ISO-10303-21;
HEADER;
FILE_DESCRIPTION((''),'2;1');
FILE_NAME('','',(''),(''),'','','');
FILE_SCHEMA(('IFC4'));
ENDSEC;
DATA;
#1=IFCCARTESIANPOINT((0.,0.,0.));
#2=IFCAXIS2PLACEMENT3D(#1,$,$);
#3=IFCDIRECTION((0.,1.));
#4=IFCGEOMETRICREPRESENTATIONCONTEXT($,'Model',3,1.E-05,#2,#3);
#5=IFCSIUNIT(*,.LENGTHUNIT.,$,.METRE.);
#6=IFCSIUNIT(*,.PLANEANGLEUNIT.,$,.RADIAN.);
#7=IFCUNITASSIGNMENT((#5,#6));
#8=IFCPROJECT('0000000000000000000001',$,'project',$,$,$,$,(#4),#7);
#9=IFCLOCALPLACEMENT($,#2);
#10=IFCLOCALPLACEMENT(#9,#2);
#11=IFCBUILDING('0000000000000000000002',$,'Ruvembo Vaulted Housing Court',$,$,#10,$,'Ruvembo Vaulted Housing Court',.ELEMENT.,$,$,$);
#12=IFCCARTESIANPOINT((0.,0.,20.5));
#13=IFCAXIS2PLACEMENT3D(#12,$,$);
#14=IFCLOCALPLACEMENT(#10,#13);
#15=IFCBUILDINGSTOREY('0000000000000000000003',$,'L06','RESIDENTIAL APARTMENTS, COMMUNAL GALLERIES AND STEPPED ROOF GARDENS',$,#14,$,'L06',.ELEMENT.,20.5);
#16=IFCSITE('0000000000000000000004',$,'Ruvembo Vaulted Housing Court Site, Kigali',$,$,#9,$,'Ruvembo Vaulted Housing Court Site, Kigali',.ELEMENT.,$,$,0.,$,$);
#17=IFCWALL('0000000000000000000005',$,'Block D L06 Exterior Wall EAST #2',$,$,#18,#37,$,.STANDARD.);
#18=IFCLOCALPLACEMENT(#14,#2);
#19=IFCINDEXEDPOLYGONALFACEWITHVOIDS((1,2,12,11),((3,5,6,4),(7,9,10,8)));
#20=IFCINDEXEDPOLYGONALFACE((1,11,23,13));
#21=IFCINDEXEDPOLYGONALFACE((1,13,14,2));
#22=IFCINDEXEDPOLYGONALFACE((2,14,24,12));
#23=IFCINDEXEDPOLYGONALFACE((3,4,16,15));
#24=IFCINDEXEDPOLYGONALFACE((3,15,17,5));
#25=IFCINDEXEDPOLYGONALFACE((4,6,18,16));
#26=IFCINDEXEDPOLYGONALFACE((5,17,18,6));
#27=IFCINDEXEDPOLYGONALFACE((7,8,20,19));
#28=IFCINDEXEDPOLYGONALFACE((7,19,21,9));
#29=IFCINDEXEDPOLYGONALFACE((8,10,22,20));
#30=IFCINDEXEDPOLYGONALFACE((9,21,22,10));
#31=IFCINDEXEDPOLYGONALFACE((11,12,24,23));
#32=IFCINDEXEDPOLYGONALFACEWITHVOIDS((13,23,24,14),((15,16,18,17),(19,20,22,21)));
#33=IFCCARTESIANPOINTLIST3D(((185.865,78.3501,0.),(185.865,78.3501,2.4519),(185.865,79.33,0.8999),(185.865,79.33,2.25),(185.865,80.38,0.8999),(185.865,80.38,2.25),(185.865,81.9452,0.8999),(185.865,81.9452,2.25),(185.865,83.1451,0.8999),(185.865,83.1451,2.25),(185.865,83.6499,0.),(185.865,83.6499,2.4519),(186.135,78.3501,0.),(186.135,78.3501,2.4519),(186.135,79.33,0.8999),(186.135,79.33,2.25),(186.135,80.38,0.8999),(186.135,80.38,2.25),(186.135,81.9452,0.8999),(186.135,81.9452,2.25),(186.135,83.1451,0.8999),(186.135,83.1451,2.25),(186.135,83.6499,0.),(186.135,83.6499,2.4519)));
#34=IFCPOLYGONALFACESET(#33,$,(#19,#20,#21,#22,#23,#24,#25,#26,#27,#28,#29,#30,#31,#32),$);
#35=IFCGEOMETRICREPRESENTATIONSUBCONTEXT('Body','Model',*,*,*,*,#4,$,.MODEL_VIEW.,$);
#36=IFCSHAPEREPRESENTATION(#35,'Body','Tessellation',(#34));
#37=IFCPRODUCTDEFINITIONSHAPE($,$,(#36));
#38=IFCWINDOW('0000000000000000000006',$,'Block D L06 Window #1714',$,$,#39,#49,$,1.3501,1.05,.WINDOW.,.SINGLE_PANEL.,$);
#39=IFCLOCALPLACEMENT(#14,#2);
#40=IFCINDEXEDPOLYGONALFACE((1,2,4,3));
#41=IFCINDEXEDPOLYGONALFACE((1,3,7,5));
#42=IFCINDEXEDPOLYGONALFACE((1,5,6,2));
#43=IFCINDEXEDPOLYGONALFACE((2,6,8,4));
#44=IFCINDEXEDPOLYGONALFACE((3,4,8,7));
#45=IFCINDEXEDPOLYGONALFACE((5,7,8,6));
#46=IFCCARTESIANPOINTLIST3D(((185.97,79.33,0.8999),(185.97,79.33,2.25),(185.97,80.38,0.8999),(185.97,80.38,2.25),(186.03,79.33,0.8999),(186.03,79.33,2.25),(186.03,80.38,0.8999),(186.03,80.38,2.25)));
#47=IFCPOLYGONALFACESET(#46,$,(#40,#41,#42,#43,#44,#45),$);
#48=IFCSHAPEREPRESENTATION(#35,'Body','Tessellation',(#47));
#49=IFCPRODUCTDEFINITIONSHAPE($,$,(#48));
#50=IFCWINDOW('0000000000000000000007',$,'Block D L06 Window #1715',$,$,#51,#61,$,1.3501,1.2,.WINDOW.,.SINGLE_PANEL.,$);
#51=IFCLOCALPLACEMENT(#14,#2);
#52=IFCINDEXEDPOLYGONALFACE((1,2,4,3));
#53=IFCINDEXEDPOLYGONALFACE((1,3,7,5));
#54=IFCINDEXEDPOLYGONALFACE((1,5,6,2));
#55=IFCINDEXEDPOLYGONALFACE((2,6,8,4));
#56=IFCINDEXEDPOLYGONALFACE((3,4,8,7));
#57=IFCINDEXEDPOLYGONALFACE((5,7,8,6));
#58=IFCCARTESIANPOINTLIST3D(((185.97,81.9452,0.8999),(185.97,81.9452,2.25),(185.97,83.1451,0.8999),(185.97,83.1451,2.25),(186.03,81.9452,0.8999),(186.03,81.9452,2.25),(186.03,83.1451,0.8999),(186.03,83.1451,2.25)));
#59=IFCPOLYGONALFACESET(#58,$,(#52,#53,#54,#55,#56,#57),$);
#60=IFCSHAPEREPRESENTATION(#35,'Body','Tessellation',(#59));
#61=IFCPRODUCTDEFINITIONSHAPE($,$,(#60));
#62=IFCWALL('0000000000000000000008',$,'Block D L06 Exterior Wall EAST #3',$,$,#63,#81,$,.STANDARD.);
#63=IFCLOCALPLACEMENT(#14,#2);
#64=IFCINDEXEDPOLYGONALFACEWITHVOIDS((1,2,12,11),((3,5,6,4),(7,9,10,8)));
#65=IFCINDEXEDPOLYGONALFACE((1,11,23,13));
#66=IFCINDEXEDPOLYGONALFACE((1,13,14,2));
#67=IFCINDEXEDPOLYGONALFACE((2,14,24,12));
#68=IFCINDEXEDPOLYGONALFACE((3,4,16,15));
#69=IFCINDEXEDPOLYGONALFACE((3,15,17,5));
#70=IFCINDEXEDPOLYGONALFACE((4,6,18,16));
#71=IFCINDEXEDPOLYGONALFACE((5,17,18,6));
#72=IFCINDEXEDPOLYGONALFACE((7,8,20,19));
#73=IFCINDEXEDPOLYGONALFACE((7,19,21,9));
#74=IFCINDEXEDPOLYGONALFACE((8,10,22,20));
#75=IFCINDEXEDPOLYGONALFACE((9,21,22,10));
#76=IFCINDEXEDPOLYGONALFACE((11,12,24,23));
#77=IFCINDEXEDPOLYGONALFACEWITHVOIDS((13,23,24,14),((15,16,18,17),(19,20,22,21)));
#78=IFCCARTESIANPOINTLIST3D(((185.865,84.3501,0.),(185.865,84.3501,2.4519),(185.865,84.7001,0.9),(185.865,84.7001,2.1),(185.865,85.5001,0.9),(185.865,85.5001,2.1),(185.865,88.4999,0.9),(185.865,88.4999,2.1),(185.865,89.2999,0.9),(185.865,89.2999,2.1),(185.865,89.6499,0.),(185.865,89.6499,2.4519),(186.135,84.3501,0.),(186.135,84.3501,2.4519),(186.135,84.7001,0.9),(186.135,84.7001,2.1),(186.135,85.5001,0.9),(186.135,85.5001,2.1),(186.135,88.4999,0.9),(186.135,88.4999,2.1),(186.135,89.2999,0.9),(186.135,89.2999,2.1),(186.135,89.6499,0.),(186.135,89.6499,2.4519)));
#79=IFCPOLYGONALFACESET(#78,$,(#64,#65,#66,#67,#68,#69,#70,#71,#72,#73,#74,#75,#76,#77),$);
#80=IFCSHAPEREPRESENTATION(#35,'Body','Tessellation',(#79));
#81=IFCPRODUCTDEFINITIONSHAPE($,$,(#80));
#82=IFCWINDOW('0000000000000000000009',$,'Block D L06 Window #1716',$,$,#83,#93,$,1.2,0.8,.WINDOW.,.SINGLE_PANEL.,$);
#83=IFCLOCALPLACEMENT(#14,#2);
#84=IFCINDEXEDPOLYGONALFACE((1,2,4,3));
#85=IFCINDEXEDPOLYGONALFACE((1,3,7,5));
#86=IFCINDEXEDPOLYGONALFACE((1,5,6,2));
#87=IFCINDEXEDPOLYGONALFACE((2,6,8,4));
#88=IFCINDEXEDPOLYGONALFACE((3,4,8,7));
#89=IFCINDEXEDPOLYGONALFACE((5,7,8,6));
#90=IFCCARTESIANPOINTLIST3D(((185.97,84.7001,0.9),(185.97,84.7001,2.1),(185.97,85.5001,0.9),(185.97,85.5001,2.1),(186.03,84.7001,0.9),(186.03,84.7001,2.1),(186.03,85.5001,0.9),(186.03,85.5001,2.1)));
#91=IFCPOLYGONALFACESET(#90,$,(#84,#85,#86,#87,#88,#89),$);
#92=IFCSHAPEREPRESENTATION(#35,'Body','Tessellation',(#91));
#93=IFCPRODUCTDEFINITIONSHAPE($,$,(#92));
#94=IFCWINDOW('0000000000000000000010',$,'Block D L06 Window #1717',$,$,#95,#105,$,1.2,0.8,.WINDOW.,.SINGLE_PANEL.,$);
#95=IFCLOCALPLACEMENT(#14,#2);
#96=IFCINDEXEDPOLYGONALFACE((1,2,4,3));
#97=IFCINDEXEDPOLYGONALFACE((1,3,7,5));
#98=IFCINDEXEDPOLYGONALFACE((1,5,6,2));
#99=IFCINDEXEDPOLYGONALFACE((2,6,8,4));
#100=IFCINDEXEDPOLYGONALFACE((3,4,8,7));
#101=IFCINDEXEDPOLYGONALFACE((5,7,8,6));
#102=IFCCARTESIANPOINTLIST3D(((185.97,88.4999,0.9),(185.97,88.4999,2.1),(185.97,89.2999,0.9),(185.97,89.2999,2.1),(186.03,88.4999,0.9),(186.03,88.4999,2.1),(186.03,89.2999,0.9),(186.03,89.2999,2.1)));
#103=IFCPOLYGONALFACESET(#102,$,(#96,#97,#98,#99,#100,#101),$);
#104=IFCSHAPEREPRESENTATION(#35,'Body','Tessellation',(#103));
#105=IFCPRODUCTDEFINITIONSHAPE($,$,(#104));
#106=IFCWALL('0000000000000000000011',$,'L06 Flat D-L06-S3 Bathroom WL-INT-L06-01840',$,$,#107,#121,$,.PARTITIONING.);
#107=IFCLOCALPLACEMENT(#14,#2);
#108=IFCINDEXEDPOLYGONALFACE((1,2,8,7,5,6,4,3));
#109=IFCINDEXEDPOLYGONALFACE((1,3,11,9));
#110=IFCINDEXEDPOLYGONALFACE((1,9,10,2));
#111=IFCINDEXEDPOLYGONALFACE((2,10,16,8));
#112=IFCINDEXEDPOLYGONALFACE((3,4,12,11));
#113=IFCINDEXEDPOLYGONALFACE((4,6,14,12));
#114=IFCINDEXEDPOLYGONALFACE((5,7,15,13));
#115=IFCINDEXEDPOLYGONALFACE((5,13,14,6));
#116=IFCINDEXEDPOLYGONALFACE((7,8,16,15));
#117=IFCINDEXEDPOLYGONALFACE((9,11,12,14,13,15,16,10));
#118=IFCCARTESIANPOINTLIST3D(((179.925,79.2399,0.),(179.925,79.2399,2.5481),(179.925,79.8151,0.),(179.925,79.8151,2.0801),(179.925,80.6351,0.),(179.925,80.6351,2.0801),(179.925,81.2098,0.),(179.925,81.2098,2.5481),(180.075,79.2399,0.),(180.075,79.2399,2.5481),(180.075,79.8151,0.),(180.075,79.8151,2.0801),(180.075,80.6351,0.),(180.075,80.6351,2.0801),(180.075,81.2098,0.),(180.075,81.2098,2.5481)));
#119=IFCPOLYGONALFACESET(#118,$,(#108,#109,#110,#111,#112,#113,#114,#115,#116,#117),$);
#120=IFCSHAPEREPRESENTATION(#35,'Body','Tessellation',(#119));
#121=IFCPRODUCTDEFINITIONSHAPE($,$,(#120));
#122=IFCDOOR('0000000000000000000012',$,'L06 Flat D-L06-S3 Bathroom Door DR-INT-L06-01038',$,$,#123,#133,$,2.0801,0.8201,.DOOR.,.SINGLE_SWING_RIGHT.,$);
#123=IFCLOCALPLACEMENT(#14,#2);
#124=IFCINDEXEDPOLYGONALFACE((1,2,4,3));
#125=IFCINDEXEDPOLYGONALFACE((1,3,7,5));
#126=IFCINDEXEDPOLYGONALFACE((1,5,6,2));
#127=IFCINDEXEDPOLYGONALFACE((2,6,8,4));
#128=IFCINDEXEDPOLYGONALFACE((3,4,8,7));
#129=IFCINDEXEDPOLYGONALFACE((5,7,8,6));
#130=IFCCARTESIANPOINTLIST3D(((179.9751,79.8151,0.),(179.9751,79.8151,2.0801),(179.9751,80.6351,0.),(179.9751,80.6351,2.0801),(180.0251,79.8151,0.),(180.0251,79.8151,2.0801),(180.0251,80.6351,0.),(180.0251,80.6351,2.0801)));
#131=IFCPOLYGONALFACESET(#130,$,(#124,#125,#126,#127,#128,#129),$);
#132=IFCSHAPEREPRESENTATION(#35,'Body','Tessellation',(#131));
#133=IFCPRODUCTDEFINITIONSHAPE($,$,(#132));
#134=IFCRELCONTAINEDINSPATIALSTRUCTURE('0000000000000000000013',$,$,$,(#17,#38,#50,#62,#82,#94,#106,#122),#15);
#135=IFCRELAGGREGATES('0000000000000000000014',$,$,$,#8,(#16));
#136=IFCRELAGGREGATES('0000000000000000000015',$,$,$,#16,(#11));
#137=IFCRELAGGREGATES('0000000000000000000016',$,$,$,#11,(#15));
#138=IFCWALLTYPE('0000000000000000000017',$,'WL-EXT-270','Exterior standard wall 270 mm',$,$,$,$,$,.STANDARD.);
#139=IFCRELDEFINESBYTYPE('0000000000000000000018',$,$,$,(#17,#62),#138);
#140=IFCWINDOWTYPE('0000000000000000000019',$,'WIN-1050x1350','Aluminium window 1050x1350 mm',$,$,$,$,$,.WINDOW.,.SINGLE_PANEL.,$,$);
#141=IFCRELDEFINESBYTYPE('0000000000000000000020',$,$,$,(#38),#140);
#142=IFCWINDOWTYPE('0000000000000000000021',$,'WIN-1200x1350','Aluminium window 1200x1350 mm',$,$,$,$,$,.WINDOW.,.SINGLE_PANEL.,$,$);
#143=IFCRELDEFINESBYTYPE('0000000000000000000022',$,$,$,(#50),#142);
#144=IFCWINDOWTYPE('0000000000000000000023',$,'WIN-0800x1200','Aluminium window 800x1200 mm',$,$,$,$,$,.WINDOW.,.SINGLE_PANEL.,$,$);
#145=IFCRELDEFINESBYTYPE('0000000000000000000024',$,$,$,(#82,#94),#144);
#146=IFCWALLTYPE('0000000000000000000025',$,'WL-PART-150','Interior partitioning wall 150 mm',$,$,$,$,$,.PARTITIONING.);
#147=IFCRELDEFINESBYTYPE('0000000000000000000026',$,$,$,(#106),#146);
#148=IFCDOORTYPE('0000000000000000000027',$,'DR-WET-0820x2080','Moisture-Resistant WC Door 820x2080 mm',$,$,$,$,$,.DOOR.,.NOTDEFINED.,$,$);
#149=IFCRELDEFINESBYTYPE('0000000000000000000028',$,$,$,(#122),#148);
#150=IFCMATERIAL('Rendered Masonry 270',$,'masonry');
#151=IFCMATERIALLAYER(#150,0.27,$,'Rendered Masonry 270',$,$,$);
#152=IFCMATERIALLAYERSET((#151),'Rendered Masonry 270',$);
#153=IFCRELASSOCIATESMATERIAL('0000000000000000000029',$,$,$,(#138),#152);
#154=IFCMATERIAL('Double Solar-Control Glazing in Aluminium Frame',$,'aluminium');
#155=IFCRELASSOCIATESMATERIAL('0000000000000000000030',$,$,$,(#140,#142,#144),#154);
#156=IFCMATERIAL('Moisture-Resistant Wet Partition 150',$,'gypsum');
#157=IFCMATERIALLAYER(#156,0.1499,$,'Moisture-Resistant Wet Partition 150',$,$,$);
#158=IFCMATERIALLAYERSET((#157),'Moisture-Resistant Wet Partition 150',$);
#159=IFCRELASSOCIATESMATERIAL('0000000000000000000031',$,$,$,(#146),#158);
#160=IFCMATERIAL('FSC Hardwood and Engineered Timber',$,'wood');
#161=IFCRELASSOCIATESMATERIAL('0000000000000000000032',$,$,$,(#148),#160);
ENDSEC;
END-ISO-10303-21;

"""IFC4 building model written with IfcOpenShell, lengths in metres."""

from ifc_helpers import new_model, si_unit, direction, frame, frame_2d, origin, place, context, subcontext, project, spatial, rectangle, extrude, material, layer, layer_set, type_object, element, fill, save


model = new_model("IFC4")

# Units and contexts
model_context = context("Model", 3, precision=1e-05, world=origin(), true_north=direction((0.0, 1.0)))
body_context = subcontext(model_context, "Body", "Model", "MODEL_VIEW")
ifc_project = project(units=[si_unit("LENGTHUNIT", "METRE"), si_unit("PLANEANGLEUNIT", "RADIAN")], contexts=[model_context])

# Site, building, storey
site_placement = place(None, origin())
site = spatial("IfcSite", under=ifc_project, at=site_placement, Name="Ruvembo Vaulted Housing Court Site, Kigali", LongName="Ruvembo Vaulted Housing Court Site, Kigali", CompositionType="ELEMENT", RefElevation=0.0)
building_placement = place(site_placement, origin())
building = spatial("IfcBuilding", under=site, at=building_placement, Name="Ruvembo Vaulted Housing Court", LongName="Ruvembo Vaulted Housing Court", CompositionType="ELEMENT")
storey_placement = place(building_placement, frame((0.0, 0.0, 20.5)))
storey = spatial("IfcBuildingStorey", under=building, at=storey_placement, Name="L06", Description="RESIDENTIAL APARTMENTS, COMMUNAL GALLERIES AND STEPPED ROOF GARDENS", LongName="L06", CompositionType="ELEMENT", Elevation=20.5)

# Shared definitions
ifc_material_1 = material(Name="FSC Hardwood and Engineered Timber", Category="wood")

# Walls, openings, windows
ifc_material_2 = material(Name="Rendered Masonry 270", Category="masonry")
ifc_layer_1 = layer(ifc_material_2, 0.27, Name="Rendered Masonry 270")
ifc_layer_set_1 = layer_set([ifc_layer_1], Name="Rendered Masonry 270")
wall_type_1 = type_object("IfcWallType", Name="WL-EXT-270", Description="Exterior standard wall 270 mm", PredefinedType="STANDARD", material=ifc_layer_set_1)
wall_1_placement = place(storey_placement, frame((186.0, 78.3501, 0.0), z_axis=(0.0, 0.0, 1.0), x_axis=(0.0, 1.0, 0.0)))
wall_1 = element("IfcWall", 1, at=wall_1_placement, inside=storey, type_object=wall_type_1, Name="Block D L06 Exterior Wall EAST #2", PredefinedType="STANDARD", context=body_context, shape_type="SweptSolid", body=[
    extrude(rectangle(XDim=5.2998, YDim=0.27, at=frame_2d((2.6499, 0.0))), origin(), (0.0, 0.0, 1.0), 2.4519),
])
opening_1_placement = place(wall_1_placement, frame((0.98, 0.0, 0.8999)))
opening_1 = element("IfcOpeningElement", 2, at=opening_1_placement, cuts=wall_1, PredefinedType="OPENING", context=body_context, shape_type="SweptSolid", body=[
    extrude(rectangle(XDim=1.05, YDim=1.3501, at=frame_2d((0.5249, 0.675))), frame((0.0, 0.145, 0.0), z_axis=(0.0, -1.0, 0.0), x_axis=(1.0, 0.0, 0.0)), (0.0, 0.0, 1.0), 0.29),
])
opening_2_placement = place(wall_1_placement, frame((3.595, 0.0, 0.8999)))
opening_2 = element("IfcOpeningElement", 3, at=opening_2_placement, cuts=wall_1, PredefinedType="OPENING", context=body_context, shape_type="SweptSolid", body=[
    extrude(rectangle(XDim=1.2, YDim=1.3501, at=frame_2d((0.6001, 0.675))), frame((0.0, 0.145, 0.0), z_axis=(0.0, -1.0, 0.0), x_axis=(1.0, 0.0, 0.0)), (0.0, 0.0, 1.0), 0.29),
])
ifc_material_3 = material(Name="Double Solar-Control Glazing in Aluminium Frame", Category="aluminium")
window_type_1 = type_object("IfcWindowType", Name="WIN-1050x1350", Description="Aluminium window 1050x1350 mm", PartitioningType="SINGLE_PANEL", PredefinedType="WINDOW", material=ifc_material_3)
window_1_placement = place(opening_1_placement, origin())
window_1 = element("IfcWindow", 4, at=window_1_placement, inside=storey, type_object=window_type_1, Name="Block D L06 Window #1714", OverallHeight=1.3501, OverallWidth=1.05, PartitioningType="SINGLE_PANEL", PredefinedType="WINDOW", context=body_context, shape_type="SweptSolid", body=[
    extrude(rectangle(XDim=1.05, YDim=1.3501, at=frame_2d((0.5249, 0.675))), frame((0.0, 0.03, 0.0), z_axis=(0.0, -1.0, 0.0), x_axis=(1.0, 0.0, 0.0)), (0.0, 0.0, 1.0), 0.0601),
])
fill(opening_1, window_1)
window_type_2 = type_object("IfcWindowType", Name="WIN-1200x1350", Description="Aluminium window 1200x1350 mm", PartitioningType="SINGLE_PANEL", PredefinedType="WINDOW", material=ifc_material_3)
window_2_placement = place(opening_2_placement, origin())
window_2 = element("IfcWindow", 5, at=window_2_placement, inside=storey, type_object=window_type_2, Name="Block D L06 Window #1715", OverallHeight=1.3501, OverallWidth=1.2, PartitioningType="SINGLE_PANEL", PredefinedType="WINDOW", context=body_context, shape_type="SweptSolid", body=[
    extrude(rectangle(XDim=1.2, YDim=1.3501, at=frame_2d((0.6001, 0.675))), frame((0.0, 0.03, 0.0), z_axis=(0.0, -1.0, 0.0), x_axis=(1.0, 0.0, 0.0)), (0.0, 0.0, 1.0), 0.0601),
])
fill(opening_2, window_2)
wall_2_placement = place(storey_placement, frame((186.0, 84.3501, 0.0), z_axis=(0.0, 0.0, 1.0), x_axis=(0.0, 1.0, 0.0)))
wall_2 = element("IfcWall", 6, at=wall_2_placement, inside=storey, type_object=wall_type_1, Name="Block D L06 Exterior Wall EAST #3", PredefinedType="STANDARD", context=body_context, shape_type="SweptSolid", body=[
    extrude(rectangle(XDim=5.2998, YDim=0.27, at=frame_2d((2.6499, 0.0))), origin(), (0.0, 0.0, 1.0), 2.4519),
])
opening_3_placement = place(wall_2_placement, frame((0.3501, 0.0, 0.8999)))
opening_3 = element("IfcOpeningElement", 7, at=opening_3_placement, cuts=wall_2, PredefinedType="OPENING", context=body_context, shape_type="SweptSolid", body=[
    extrude(rectangle(XDim=0.8, YDim=1.2, at=frame_2d((0.3999, 0.6001))), frame((0.0, 0.145, 0.0), z_axis=(0.0, -1.0, 0.0), x_axis=(1.0, 0.0, 0.0)), (0.0, 0.0, 1.0), 0.29),
])
opening_4_placement = place(wall_2_placement, frame((4.1499, 0.0, 0.8999)))
opening_4 = element("IfcOpeningElement", 8, at=opening_4_placement, cuts=wall_2, PredefinedType="OPENING", context=body_context, shape_type="SweptSolid", body=[
    extrude(rectangle(XDim=0.8, YDim=1.2, at=frame_2d((0.3999, 0.6001))), frame((0.0, 0.145, 0.0), z_axis=(0.0, -1.0, 0.0), x_axis=(1.0, 0.0, 0.0)), (0.0, 0.0, 1.0), 0.29),
])
window_type_3 = type_object("IfcWindowType", Name="WIN-0800x1200", Description="Aluminium window 800x1200 mm", PartitioningType="SINGLE_PANEL", PredefinedType="WINDOW", material=ifc_material_3)
window_3_placement = place(opening_3_placement, origin())
window_3 = element("IfcWindow", 9, at=window_3_placement, inside=storey, type_object=window_type_3, Name="Block D L06 Window #1716", OverallHeight=1.2, OverallWidth=0.8, PartitioningType="SINGLE_PANEL", PredefinedType="WINDOW", context=body_context, shape_type="SweptSolid", body=[
    extrude(rectangle(XDim=0.8, YDim=1.2, at=frame_2d((0.3999, 0.6001))), frame((0.0, 0.03, 0.0), z_axis=(0.0, -1.0, 0.0), x_axis=(1.0, 0.0, 0.0)), (0.0, 0.0, 1.0), 0.0601),
])
fill(opening_3, window_3)
window_4_placement = place(opening_4_placement, origin())
window_4 = element("IfcWindow", 10, at=window_4_placement, inside=storey, type_object=window_type_3, Name="Block D L06 Window #1717", OverallHeight=1.2, OverallWidth=0.8, PartitioningType="SINGLE_PANEL", PredefinedType="WINDOW", context=body_context, shape_type="SweptSolid", body=[
    extrude(rectangle(XDim=0.8, YDim=1.2, at=frame_2d((0.3999, 0.6001))), frame((0.0, 0.03, 0.0), z_axis=(0.0, -1.0, 0.0), x_axis=(1.0, 0.0, 0.0)), (0.0, 0.0, 1.0), 0.0601),
])
fill(opening_4, window_4)

# Wall, opening, door
ifc_material_4 = material(Name="Moisture-Resistant Wet Partition 150", Category="gypsum")
ifc_layer_2 = layer(ifc_material_4, 0.1499, Name="Moisture-Resistant Wet Partition 150")
ifc_layer_set_2 = layer_set([ifc_layer_2], Name="Moisture-Resistant Wet Partition 150")
wall_type_2 = type_object("IfcWallType", Name="WL-PART-150", Description="Interior partitioning wall 150 mm", PredefinedType="PARTITIONING", material=ifc_layer_set_2)
wall_3_placement = place(storey_placement, frame((180.0, 79.24, 0.0), z_axis=(0.0, 0.0, 1.0), x_axis=(0.0, 1.0, 0.0)))
wall_3 = element("IfcWall", 11, at=wall_3_placement, inside=storey, type_object=wall_type_2, Name="L06 Flat D-L06-S3 Bathroom WL-INT-L06-01840", PredefinedType="PARTITIONING", context=body_context, shape_type="SweptSolid", body=[
    extrude(rectangle(XDim=1.97, YDim=0.1499, at=frame_2d((0.9849, 0.0))), origin(), (0.0, 0.0, 1.0), 2.5481),
])
opening_5_placement = place(wall_3_placement, frame((0.575, 0.0, 0.0)))
opening_5 = element("IfcOpeningElement", 12, at=opening_5_placement, cuts=wall_3, PredefinedType="OPENING", context=body_context, shape_type="SweptSolid", body=[
    extrude(rectangle(XDim=0.8201, YDim=2.0801, at=frame_2d((0.4102, 1.04))), frame((0.0, 0.085, 0.0), z_axis=(0.0, -1.0, 0.0), x_axis=(1.0, 0.0, 0.0)), (0.0, 0.0, 1.0), 0.1699),
])
door_type_1 = type_object("IfcDoorType", Name="DR-WET-0820x2080", Description="Moisture-Resistant WC Door 820x2080 mm", OperationType="NOTDEFINED", PredefinedType="DOOR", material=ifc_material_1)
door_1_placement = place(opening_5_placement, origin())
door_1 = element("IfcDoor", 13, at=door_1_placement, inside=storey, type_object=door_type_1, Name="L06 Flat D-L06-S3 Bathroom Door DR-INT-L06-01038", OperationType="SINGLE_SWING_RIGHT", OverallHeight=2.0801, OverallWidth=0.8201, PredefinedType="DOOR", context=body_context, shape_type="SweptSolid", body=[
    extrude(rectangle(XDim=0.8201, YDim=2.0801, at=frame_2d((0.4102, 1.04))), frame((0.0, 0.0249, 0.0), z_axis=(0.0, -1.0, 0.0), x_axis=(1.0, 0.0, 0.0)), (0.0, 0.0, 1.0), 0.05),
])
fill(opening_5, door_1)

save(model, "model.ifc")
